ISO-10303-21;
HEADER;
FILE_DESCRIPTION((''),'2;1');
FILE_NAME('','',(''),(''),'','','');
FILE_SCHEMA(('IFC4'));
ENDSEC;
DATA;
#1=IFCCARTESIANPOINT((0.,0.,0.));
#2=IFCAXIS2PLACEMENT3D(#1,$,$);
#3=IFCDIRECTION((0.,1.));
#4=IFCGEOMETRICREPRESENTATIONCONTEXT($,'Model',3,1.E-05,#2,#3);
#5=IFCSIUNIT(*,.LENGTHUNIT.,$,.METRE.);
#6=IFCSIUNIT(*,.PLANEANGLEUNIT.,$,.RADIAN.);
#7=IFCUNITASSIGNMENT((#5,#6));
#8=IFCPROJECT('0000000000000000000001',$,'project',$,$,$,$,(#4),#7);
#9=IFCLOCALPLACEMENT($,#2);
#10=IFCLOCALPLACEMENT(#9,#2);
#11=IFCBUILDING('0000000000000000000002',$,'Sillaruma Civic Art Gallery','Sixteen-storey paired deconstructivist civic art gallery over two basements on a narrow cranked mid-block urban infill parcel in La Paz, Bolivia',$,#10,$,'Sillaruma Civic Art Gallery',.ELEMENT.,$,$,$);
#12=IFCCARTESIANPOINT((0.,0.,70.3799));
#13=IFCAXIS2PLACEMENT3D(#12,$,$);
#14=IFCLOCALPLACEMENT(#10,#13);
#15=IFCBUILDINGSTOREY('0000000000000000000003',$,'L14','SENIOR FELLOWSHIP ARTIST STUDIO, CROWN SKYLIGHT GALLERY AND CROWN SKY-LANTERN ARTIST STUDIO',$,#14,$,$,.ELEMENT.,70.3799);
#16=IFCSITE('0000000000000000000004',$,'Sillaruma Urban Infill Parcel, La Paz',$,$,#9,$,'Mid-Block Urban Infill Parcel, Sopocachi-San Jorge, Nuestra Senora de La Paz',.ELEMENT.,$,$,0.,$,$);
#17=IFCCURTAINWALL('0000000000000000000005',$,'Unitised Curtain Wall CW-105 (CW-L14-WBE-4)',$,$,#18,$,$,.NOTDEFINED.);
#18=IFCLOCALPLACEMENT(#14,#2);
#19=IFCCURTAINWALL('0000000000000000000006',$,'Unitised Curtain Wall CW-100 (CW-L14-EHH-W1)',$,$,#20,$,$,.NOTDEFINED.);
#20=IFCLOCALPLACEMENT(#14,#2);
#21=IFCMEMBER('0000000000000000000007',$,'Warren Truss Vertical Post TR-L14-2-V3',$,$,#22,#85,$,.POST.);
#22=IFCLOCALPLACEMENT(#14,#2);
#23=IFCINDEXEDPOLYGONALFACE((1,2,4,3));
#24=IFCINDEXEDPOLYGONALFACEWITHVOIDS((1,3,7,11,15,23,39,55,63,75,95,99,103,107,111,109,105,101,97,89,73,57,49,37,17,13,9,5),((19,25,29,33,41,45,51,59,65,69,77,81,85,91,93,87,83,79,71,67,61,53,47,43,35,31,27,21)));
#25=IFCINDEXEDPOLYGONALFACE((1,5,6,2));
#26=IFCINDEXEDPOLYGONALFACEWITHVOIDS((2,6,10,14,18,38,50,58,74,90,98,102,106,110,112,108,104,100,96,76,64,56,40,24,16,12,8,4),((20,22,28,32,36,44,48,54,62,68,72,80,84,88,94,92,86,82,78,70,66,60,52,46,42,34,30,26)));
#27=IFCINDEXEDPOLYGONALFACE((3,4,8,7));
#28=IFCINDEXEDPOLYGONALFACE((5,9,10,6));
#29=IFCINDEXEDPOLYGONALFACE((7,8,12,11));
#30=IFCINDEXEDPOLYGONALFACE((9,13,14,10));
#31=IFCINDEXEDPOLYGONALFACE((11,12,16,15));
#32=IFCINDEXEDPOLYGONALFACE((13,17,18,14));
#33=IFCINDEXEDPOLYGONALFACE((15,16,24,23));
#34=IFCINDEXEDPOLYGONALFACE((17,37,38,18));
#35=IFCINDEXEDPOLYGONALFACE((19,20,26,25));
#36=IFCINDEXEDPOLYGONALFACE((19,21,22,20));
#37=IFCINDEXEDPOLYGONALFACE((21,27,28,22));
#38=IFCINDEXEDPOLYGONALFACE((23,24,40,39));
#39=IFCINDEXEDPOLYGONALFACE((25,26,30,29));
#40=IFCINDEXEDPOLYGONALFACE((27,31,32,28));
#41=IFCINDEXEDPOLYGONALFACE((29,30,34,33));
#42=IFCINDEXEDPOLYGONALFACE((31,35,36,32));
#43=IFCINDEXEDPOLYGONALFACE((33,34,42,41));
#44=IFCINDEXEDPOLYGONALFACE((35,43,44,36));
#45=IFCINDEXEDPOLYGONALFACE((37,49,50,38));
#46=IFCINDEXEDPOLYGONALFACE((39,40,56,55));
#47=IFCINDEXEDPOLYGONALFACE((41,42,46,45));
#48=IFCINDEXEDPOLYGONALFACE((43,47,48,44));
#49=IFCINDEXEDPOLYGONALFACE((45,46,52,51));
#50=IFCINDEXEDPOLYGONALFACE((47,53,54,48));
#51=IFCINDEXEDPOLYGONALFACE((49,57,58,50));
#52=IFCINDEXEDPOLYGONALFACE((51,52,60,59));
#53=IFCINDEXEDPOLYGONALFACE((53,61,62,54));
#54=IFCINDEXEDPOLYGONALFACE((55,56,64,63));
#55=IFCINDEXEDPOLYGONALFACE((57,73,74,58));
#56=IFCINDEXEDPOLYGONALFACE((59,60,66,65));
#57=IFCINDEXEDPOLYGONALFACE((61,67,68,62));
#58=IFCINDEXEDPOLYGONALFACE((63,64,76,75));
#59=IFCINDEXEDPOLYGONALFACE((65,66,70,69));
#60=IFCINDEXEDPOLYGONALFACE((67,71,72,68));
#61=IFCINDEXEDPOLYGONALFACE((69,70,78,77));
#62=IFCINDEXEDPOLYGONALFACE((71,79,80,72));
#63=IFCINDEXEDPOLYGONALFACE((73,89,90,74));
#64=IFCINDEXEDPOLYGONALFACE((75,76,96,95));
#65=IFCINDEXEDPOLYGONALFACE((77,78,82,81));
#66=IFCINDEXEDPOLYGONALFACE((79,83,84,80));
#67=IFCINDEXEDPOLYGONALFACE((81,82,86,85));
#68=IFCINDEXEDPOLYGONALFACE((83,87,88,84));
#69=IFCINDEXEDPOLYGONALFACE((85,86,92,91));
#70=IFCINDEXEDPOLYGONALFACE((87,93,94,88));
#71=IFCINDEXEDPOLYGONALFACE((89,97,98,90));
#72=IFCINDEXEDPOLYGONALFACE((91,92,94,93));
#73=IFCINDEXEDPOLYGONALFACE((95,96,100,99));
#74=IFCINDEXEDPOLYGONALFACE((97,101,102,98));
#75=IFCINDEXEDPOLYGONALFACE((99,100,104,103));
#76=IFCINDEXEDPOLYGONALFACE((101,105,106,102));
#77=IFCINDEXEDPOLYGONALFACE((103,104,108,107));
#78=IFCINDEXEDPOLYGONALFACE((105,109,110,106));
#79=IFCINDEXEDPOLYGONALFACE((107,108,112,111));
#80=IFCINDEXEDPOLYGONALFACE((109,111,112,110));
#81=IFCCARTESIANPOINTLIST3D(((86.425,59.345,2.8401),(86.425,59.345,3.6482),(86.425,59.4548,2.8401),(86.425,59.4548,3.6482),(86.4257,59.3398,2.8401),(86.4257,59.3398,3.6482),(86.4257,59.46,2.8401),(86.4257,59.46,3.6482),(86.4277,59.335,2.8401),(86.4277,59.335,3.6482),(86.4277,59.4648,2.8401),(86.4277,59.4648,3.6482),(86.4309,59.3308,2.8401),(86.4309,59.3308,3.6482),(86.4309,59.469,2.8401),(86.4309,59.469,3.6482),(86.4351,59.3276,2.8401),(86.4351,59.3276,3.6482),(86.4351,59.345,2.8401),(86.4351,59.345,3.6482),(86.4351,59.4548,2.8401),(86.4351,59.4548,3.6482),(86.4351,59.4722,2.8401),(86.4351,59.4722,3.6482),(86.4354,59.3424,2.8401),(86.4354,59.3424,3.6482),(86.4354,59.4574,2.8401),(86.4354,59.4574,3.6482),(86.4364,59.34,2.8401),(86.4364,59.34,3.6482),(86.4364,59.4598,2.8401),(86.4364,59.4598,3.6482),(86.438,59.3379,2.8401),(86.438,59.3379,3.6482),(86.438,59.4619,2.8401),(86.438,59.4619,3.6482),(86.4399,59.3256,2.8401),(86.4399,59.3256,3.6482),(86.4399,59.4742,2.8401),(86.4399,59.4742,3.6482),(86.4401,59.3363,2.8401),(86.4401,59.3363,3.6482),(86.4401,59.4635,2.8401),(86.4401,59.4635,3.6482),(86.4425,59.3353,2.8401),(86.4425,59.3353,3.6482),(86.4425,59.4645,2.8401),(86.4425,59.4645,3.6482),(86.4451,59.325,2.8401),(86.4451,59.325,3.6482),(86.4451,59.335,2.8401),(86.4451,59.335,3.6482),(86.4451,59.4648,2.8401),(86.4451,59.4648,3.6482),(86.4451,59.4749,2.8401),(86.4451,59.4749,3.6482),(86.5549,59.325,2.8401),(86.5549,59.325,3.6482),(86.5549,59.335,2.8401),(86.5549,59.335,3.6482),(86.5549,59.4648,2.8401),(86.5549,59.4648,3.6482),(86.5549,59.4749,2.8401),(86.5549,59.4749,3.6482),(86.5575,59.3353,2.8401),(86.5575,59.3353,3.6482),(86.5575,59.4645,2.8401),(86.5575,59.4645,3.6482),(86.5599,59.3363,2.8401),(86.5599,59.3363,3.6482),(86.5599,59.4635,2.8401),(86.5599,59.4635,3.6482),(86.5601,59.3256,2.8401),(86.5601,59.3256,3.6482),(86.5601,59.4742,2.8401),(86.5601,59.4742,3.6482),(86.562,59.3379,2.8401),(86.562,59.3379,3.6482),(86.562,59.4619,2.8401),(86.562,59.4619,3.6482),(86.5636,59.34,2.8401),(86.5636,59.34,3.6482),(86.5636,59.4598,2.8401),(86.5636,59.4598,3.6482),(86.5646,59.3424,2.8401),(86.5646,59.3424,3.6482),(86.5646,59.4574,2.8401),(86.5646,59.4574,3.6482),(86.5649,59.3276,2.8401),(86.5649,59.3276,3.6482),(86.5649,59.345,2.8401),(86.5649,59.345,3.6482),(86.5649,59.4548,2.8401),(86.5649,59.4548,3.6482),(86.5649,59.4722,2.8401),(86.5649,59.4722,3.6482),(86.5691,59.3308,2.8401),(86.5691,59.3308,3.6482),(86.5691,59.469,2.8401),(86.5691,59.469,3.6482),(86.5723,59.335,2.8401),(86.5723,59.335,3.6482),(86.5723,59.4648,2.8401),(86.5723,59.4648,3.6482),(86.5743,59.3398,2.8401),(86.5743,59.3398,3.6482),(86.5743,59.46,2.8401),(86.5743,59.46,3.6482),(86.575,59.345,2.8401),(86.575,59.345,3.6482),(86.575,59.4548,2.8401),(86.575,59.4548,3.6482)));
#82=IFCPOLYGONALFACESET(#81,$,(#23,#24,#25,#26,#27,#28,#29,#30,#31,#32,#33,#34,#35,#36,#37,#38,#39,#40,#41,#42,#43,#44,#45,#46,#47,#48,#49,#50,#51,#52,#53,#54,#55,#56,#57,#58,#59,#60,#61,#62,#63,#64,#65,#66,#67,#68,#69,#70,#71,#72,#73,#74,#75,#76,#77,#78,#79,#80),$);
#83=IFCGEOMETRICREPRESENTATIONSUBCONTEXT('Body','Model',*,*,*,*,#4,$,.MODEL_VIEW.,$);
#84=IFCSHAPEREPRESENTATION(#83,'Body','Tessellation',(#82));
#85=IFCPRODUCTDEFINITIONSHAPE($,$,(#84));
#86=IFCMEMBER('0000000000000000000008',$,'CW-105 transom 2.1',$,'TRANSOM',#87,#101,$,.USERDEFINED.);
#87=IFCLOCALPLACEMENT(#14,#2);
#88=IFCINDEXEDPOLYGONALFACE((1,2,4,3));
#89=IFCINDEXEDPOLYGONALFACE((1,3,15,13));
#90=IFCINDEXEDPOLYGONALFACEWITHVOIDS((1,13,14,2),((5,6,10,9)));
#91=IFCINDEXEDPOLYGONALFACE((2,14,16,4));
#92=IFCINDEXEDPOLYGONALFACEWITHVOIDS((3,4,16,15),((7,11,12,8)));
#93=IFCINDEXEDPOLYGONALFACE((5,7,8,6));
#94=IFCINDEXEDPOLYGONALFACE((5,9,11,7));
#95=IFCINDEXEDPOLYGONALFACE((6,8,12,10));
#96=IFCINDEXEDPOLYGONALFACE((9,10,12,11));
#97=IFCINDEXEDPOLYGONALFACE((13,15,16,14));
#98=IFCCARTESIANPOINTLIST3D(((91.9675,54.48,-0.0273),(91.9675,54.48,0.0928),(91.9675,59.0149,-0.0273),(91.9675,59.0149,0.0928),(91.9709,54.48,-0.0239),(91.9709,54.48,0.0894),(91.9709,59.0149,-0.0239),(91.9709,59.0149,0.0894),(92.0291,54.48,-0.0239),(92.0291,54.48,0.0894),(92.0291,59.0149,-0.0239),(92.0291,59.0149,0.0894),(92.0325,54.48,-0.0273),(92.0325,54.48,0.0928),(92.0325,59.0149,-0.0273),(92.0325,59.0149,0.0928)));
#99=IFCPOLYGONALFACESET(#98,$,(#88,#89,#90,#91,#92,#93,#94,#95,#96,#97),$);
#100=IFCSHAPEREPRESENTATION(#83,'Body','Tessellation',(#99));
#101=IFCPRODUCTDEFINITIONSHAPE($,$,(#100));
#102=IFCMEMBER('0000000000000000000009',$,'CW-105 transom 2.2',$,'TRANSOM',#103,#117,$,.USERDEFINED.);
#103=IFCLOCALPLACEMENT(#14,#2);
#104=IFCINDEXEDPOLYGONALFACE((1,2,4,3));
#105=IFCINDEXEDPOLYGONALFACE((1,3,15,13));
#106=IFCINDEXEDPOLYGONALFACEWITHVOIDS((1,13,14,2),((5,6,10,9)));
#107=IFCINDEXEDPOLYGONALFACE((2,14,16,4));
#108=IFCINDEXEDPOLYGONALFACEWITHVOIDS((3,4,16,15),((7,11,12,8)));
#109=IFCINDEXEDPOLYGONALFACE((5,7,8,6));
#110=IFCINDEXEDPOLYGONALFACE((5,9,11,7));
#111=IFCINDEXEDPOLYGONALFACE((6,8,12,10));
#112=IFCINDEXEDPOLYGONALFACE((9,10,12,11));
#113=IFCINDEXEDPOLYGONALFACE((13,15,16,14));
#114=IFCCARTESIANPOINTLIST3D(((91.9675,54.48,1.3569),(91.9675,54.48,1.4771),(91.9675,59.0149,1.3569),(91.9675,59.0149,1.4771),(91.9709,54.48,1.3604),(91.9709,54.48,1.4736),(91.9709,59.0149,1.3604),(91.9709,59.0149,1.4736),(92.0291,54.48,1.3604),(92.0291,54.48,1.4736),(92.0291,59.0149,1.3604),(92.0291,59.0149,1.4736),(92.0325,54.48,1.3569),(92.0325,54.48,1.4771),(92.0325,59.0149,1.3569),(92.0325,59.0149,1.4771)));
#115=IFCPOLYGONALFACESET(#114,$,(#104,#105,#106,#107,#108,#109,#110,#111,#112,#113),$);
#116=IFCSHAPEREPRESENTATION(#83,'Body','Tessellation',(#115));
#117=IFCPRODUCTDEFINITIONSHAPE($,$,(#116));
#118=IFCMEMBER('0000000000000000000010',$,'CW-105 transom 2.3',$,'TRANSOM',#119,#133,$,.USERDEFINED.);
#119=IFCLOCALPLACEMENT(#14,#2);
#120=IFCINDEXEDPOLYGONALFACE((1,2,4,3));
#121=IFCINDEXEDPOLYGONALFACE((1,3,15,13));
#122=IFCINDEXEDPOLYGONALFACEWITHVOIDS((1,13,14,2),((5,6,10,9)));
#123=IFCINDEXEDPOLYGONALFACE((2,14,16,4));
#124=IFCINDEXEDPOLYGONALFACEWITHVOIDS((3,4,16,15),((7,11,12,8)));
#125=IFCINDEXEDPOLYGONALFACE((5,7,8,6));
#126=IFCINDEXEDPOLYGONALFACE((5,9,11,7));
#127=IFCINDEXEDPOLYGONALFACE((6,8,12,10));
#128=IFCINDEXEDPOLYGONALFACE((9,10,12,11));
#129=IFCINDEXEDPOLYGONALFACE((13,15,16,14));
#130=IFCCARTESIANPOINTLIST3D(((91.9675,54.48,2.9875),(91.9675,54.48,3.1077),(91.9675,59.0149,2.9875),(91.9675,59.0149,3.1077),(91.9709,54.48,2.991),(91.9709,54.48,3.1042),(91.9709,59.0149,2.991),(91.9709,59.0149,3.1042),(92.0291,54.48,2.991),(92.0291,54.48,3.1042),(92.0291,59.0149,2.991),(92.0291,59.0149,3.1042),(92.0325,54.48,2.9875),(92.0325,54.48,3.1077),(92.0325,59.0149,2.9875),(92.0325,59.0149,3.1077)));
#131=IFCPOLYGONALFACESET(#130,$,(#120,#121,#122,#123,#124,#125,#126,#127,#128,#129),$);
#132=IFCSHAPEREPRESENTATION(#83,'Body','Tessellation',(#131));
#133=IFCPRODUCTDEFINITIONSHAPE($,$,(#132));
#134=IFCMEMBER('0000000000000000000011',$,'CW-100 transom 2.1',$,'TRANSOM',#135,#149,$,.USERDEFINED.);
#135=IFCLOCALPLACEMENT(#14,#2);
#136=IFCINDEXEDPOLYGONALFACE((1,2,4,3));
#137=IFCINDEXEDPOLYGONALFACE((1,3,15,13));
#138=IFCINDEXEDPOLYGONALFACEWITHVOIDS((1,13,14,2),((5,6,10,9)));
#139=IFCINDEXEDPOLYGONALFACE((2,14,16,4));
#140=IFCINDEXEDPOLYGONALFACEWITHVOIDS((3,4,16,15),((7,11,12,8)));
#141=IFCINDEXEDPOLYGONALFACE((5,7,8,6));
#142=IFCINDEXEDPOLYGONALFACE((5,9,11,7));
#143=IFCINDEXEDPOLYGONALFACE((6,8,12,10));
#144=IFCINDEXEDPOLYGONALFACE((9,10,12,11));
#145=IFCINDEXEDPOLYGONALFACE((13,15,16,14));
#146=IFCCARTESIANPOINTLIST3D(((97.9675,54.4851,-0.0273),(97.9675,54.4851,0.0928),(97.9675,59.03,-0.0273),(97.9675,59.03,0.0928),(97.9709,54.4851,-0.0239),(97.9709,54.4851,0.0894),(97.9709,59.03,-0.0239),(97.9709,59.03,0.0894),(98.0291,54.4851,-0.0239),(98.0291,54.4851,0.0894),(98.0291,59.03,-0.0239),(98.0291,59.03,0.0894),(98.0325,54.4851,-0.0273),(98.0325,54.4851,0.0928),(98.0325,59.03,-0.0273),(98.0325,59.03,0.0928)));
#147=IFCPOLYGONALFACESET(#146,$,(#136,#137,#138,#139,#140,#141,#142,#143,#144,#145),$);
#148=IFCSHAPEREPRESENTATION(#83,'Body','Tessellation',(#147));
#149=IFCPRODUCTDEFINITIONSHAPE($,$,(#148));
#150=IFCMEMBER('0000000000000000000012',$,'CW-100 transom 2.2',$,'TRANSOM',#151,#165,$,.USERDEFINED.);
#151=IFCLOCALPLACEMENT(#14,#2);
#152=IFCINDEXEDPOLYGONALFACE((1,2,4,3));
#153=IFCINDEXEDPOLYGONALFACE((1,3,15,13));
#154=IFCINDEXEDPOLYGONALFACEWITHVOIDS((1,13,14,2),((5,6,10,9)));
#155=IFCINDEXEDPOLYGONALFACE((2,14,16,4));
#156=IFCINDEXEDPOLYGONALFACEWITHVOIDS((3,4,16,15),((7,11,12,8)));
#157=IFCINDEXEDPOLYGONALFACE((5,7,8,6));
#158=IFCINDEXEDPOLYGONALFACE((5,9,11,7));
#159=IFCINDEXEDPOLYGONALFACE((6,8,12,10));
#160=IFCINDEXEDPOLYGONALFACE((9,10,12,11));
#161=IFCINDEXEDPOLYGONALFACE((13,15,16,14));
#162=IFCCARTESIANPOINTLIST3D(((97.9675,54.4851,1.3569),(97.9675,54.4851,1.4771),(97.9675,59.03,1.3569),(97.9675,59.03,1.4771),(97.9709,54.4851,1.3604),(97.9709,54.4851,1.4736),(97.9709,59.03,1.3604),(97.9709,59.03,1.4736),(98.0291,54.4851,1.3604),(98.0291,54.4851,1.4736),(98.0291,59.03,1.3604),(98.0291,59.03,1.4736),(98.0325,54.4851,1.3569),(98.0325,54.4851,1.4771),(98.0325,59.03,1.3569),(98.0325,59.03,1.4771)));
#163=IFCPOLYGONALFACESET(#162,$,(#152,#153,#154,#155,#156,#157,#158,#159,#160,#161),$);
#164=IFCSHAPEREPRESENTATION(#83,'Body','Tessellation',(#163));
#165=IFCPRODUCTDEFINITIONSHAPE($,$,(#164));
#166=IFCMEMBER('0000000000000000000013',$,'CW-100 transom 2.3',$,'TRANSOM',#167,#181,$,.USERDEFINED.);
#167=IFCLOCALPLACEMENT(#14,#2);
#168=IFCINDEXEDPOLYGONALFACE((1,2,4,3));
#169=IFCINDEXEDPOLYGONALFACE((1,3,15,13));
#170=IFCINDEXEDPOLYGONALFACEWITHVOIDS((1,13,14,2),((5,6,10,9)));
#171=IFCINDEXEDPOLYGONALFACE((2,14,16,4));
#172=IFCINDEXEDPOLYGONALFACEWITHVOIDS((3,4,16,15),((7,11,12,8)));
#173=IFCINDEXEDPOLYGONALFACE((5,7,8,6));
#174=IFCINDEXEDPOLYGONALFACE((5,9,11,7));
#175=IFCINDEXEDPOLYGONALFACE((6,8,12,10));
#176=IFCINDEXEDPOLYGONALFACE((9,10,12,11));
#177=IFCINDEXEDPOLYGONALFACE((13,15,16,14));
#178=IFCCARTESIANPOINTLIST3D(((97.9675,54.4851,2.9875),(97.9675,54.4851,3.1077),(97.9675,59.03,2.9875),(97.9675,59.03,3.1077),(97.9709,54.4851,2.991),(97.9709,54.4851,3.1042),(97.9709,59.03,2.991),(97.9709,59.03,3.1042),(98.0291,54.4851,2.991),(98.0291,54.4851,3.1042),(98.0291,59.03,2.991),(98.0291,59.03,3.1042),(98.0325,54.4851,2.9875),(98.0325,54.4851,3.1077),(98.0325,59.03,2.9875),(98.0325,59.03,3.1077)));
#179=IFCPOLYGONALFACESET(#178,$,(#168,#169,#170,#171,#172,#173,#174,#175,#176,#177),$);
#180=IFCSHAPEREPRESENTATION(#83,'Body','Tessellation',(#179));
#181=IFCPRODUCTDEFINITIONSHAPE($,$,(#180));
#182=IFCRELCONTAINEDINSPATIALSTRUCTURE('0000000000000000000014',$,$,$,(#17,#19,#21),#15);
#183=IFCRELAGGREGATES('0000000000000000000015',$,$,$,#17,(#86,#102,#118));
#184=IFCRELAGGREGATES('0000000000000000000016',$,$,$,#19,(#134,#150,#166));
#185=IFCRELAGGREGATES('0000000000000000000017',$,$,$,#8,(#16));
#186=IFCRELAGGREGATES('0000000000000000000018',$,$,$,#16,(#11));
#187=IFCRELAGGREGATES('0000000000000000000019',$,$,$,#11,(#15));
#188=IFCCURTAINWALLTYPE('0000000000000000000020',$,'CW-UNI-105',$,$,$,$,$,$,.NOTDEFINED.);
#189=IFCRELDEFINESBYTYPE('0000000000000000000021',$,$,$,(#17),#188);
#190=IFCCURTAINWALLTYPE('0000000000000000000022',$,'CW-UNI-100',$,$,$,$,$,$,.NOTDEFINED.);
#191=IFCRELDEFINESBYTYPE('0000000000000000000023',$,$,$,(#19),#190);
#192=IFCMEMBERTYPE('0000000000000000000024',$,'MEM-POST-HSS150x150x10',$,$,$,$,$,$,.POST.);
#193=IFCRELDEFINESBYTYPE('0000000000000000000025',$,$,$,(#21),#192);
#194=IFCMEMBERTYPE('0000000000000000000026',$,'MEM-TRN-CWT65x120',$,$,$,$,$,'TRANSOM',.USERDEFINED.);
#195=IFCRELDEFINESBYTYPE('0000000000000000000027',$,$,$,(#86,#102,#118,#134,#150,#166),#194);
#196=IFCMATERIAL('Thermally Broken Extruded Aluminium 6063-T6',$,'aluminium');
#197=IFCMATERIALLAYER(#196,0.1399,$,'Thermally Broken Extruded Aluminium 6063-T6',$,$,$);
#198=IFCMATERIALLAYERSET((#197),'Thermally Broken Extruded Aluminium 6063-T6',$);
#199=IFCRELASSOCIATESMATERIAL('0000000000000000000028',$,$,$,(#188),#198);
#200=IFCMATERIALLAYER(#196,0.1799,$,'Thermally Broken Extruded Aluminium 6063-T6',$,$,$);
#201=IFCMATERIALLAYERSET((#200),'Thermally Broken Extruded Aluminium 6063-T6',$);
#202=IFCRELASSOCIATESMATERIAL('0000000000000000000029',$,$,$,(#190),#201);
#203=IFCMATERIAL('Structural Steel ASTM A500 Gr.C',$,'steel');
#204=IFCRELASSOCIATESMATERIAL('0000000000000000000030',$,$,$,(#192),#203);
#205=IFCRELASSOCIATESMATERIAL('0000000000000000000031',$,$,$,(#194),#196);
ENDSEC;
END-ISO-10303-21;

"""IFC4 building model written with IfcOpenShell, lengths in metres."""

from ifc_helpers import new_model, si_unit, direction, frame, origin, origin_2d, place, context, subcontext, project, spatial, hollow_rectangle, extrude, material, layer, layer_set, material_profile, profile_set, type_object, element, aggregate, save


model = new_model("IFC4")

# Units and contexts
model_context = context("Model", 3, precision=1e-05, world=origin(), true_north=direction((0.0, 1.0)))
body_context = subcontext(model_context, "Body", "Model", "MODEL_VIEW")
ifc_project = project(units=[si_unit("LENGTHUNIT", "METRE"), si_unit("PLANEANGLEUNIT", "RADIAN")], contexts=[model_context])

# Site, building, storey
site_placement = place(None, origin())
site = spatial("IfcSite", under=ifc_project, at=site_placement, Name="Sillaruma Urban Infill Parcel, La Paz", LongName="Mid-Block Urban Infill Parcel, Sopocachi-San Jorge, Nuestra Senora de La Paz", CompositionType="ELEMENT", RefElevation=0.0)
building_placement = place(site_placement, origin())
building = spatial("IfcBuilding", under=site, at=building_placement, Name="Sillaruma Civic Art Gallery", Description="Sixteen-storey paired deconstructivist civic art gallery over two basements on a narrow cranked mid-block urban infill parcel in La Paz, Bolivia", LongName="Sillaruma Civic Art Gallery", CompositionType="ELEMENT")
storey_placement = place(building_placement, frame((0.0, 0.0, 70.3799)))
storey = spatial("IfcBuildingStorey", under=building, at=storey_placement, Name="L14", Description="SENIOR FELLOWSHIP ARTIST STUDIO, CROWN SKYLIGHT GALLERY AND CROWN SKY-LANTERN ARTIST STUDIO", CompositionType="ELEMENT", Elevation=70.3799)

# Shared definitions
ifc_material_1 = material(Name="Structural Steel ASTM A500 Gr.C", Category="steel")

# Curtain walls
ifc_material_2 = material(Name="Thermally Broken Extruded Aluminium 6063-T6", Category="aluminium")
ifc_layer_1 = layer(ifc_material_2, 0.1399, Name="Thermally Broken Extruded Aluminium 6063-T6")
ifc_layer_set_1 = layer_set([ifc_layer_1], Name="Thermally Broken Extruded Aluminium 6063-T6")
curtain_wall_type_1 = type_object("IfcCurtainWallType", Name="CW-UNI-105", PredefinedType="NOTDEFINED", material=ifc_layer_set_1)
curtain_wall_1_placement = place(storey_placement, origin())
curtain_wall_1 = element("IfcCurtainWall", 1, at=curtain_wall_1_placement, inside=storey, type_object=curtain_wall_type_1, Name="Unitised Curtain Wall CW-105 (CW-L14-WBE-4)", PredefinedType="NOTDEFINED")
ifc_layer_2 = layer(ifc_material_2, 0.1799, Name="Thermally Broken Extruded Aluminium 6063-T6")
ifc_layer_set_2 = layer_set([ifc_layer_2], Name="Thermally Broken Extruded Aluminium 6063-T6")
curtain_wall_type_2 = type_object("IfcCurtainWallType", Name="CW-UNI-100", PredefinedType="NOTDEFINED", material=ifc_layer_set_2)
curtain_wall_2_placement = place(storey_placement, origin())
curtain_wall_2 = element("IfcCurtainWall", 2, at=curtain_wall_2_placement, inside=storey, type_object=curtain_wall_type_2, Name="Unitised Curtain Wall CW-100 (CW-L14-EHH-W1)", PredefinedType="NOTDEFINED")

# Member
ifc_material_profile_1 = material_profile(ifc_material_1, hollow_rectangle(XDim=0.1499, YDim=0.1499, WallThickness=0.01, InnerFilletRadius=0.01, OuterFilletRadius=0.02, at=origin_2d()), Name="HSS150x150x10")
ifc_profile_set_1 = profile_set([ifc_material_profile_1], Name="Structural Steel ASTM A500 Gr.C")
member_type_1 = type_object("IfcMemberType", Name="MEM-POST-HSS150x150x10", PredefinedType="POST", material=ifc_profile_set_1)
for number, where, z_axis, x_axis, name in (
    (3, (86.5, 59.3999, 2.8401), (0.0, 0.0, 1.0), (1.0, 0.0, 0.0), "Warren Truss Vertical Post TR-L14-2-V3"),
):
    element("IfcMember", number, at=place(storey_placement, frame(where, z_axis=z_axis, x_axis=x_axis)), inside=storey, type_object=member_type_1, Name=name, PredefinedType="POST", context=body_context, shape_type="SweptSolid", body=[
        extrude(hollow_rectangle(XDim=0.1499, YDim=0.1499, WallThickness=0.01, InnerFilletRadius=0.01, OuterFilletRadius=0.02, at=origin_2d()), origin(), (0.0, 0.0, 1.0), 0.8081),
    ])

# Members
ifc_material_profile_2 = material_profile(ifc_material_2, hollow_rectangle(XDim=0.0649, YDim=0.1201, WallThickness=0.0034, at=origin_2d()), Name="CWT65x120")
ifc_profile_set_2 = profile_set([ifc_material_profile_2], Name="Thermally Broken Extruded Aluminium 6063-T6")
member_type_2 = type_object("IfcMemberType", Name="MEM-TRN-CWT65x120", ElementType="TRANSOM", PredefinedType="USERDEFINED", material=ifc_profile_set_2)
member_1_placement = place(storey_placement, frame((92.0, 54.48, 0.0327), z_axis=(0.0, 1.0, 0.0), x_axis=(-1.0, 0.0, 0.0)))
member_1 = element("IfcMember", 4, at=member_1_placement, type_object=member_type_2, Name="CW-105 transom 2.1", ObjectType="TRANSOM", PredefinedType="USERDEFINED", context=body_context, shape_type="SweptSolid", body=[
    extrude(hollow_rectangle(XDim=0.0649, YDim=0.1201, WallThickness=0.0034, at=origin_2d()), origin(), (0.0, 0.0, 1.0), 4.5349),
])
member_2_placement = place(storey_placement, frame((92.0, 54.48, 1.417), z_axis=(0.0, 1.0, 0.0), x_axis=(-1.0, 0.0, 0.0)))
member_2 = element("IfcMember", 5, at=member_2_placement, type_object=member_type_2, Name="CW-105 transom 2.2", ObjectType="TRANSOM", PredefinedType="USERDEFINED", context=body_context, shape_type="SweptSolid", body=[
    extrude(hollow_rectangle(XDim=0.0649, YDim=0.1201, WallThickness=0.0034, at=origin_2d()), origin(), (0.0, 0.0, 1.0), 4.5349),
])
member_3_placement = place(storey_placement, frame((92.0, 54.48, 3.0476), z_axis=(0.0, 1.0, 0.0), x_axis=(-1.0, 0.0, 0.0)))
member_3 = element("IfcMember", 6, at=member_3_placement, type_object=member_type_2, Name="CW-105 transom 2.3", ObjectType="TRANSOM", PredefinedType="USERDEFINED", context=body_context, shape_type="SweptSolid", body=[
    extrude(hollow_rectangle(XDim=0.0649, YDim=0.1201, WallThickness=0.0034, at=origin_2d()), origin(), (0.0, 0.0, 1.0), 4.5349),
])
member_4_placement = place(storey_placement, frame((98.0, 54.4851, 0.0327), z_axis=(0.0, 1.0, 0.0), x_axis=(-1.0, 0.0, 0.0)))
member_4 = element("IfcMember", 7, at=member_4_placement, type_object=member_type_2, Name="CW-100 transom 2.1", ObjectType="TRANSOM", PredefinedType="USERDEFINED", context=body_context, shape_type="SweptSolid", body=[
    extrude(hollow_rectangle(XDim=0.0649, YDim=0.1201, WallThickness=0.0034, at=origin_2d()), origin(), (0.0, 0.0, 1.0), 4.5449),
])
member_5_placement = place(storey_placement, frame((98.0, 54.4851, 1.417), z_axis=(0.0, 1.0, 0.0), x_axis=(-1.0, 0.0, 0.0)))
member_5 = element("IfcMember", 8, at=member_5_placement, type_object=member_type_2, Name="CW-100 transom 2.2", ObjectType="TRANSOM", PredefinedType="USERDEFINED", context=body_context, shape_type="SweptSolid", body=[
    extrude(hollow_rectangle(XDim=0.0649, YDim=0.1201, WallThickness=0.0034, at=origin_2d()), origin(), (0.0, 0.0, 1.0), 4.5449),
])
member_6_placement = place(storey_placement, frame((98.0, 54.4851, 3.0476), z_axis=(0.0, 1.0, 0.0), x_axis=(-1.0, 0.0, 0.0)))
member_6 = element("IfcMember", 9, at=member_6_placement, type_object=member_type_2, Name="CW-100 transom 2.3", ObjectType="TRANSOM", PredefinedType="USERDEFINED", context=body_context, shape_type="SweptSolid", body=[
    extrude(hollow_rectangle(XDim=0.0649, YDim=0.1201, WallThickness=0.0034, at=origin_2d()), origin(), (0.0, 0.0, 1.0), 4.5449),
])

aggregate(curtain_wall_1, [member_1, member_2, member_3])
aggregate(curtain_wall_2, [member_4, member_5, member_6])

save(model, "model.ifc")
